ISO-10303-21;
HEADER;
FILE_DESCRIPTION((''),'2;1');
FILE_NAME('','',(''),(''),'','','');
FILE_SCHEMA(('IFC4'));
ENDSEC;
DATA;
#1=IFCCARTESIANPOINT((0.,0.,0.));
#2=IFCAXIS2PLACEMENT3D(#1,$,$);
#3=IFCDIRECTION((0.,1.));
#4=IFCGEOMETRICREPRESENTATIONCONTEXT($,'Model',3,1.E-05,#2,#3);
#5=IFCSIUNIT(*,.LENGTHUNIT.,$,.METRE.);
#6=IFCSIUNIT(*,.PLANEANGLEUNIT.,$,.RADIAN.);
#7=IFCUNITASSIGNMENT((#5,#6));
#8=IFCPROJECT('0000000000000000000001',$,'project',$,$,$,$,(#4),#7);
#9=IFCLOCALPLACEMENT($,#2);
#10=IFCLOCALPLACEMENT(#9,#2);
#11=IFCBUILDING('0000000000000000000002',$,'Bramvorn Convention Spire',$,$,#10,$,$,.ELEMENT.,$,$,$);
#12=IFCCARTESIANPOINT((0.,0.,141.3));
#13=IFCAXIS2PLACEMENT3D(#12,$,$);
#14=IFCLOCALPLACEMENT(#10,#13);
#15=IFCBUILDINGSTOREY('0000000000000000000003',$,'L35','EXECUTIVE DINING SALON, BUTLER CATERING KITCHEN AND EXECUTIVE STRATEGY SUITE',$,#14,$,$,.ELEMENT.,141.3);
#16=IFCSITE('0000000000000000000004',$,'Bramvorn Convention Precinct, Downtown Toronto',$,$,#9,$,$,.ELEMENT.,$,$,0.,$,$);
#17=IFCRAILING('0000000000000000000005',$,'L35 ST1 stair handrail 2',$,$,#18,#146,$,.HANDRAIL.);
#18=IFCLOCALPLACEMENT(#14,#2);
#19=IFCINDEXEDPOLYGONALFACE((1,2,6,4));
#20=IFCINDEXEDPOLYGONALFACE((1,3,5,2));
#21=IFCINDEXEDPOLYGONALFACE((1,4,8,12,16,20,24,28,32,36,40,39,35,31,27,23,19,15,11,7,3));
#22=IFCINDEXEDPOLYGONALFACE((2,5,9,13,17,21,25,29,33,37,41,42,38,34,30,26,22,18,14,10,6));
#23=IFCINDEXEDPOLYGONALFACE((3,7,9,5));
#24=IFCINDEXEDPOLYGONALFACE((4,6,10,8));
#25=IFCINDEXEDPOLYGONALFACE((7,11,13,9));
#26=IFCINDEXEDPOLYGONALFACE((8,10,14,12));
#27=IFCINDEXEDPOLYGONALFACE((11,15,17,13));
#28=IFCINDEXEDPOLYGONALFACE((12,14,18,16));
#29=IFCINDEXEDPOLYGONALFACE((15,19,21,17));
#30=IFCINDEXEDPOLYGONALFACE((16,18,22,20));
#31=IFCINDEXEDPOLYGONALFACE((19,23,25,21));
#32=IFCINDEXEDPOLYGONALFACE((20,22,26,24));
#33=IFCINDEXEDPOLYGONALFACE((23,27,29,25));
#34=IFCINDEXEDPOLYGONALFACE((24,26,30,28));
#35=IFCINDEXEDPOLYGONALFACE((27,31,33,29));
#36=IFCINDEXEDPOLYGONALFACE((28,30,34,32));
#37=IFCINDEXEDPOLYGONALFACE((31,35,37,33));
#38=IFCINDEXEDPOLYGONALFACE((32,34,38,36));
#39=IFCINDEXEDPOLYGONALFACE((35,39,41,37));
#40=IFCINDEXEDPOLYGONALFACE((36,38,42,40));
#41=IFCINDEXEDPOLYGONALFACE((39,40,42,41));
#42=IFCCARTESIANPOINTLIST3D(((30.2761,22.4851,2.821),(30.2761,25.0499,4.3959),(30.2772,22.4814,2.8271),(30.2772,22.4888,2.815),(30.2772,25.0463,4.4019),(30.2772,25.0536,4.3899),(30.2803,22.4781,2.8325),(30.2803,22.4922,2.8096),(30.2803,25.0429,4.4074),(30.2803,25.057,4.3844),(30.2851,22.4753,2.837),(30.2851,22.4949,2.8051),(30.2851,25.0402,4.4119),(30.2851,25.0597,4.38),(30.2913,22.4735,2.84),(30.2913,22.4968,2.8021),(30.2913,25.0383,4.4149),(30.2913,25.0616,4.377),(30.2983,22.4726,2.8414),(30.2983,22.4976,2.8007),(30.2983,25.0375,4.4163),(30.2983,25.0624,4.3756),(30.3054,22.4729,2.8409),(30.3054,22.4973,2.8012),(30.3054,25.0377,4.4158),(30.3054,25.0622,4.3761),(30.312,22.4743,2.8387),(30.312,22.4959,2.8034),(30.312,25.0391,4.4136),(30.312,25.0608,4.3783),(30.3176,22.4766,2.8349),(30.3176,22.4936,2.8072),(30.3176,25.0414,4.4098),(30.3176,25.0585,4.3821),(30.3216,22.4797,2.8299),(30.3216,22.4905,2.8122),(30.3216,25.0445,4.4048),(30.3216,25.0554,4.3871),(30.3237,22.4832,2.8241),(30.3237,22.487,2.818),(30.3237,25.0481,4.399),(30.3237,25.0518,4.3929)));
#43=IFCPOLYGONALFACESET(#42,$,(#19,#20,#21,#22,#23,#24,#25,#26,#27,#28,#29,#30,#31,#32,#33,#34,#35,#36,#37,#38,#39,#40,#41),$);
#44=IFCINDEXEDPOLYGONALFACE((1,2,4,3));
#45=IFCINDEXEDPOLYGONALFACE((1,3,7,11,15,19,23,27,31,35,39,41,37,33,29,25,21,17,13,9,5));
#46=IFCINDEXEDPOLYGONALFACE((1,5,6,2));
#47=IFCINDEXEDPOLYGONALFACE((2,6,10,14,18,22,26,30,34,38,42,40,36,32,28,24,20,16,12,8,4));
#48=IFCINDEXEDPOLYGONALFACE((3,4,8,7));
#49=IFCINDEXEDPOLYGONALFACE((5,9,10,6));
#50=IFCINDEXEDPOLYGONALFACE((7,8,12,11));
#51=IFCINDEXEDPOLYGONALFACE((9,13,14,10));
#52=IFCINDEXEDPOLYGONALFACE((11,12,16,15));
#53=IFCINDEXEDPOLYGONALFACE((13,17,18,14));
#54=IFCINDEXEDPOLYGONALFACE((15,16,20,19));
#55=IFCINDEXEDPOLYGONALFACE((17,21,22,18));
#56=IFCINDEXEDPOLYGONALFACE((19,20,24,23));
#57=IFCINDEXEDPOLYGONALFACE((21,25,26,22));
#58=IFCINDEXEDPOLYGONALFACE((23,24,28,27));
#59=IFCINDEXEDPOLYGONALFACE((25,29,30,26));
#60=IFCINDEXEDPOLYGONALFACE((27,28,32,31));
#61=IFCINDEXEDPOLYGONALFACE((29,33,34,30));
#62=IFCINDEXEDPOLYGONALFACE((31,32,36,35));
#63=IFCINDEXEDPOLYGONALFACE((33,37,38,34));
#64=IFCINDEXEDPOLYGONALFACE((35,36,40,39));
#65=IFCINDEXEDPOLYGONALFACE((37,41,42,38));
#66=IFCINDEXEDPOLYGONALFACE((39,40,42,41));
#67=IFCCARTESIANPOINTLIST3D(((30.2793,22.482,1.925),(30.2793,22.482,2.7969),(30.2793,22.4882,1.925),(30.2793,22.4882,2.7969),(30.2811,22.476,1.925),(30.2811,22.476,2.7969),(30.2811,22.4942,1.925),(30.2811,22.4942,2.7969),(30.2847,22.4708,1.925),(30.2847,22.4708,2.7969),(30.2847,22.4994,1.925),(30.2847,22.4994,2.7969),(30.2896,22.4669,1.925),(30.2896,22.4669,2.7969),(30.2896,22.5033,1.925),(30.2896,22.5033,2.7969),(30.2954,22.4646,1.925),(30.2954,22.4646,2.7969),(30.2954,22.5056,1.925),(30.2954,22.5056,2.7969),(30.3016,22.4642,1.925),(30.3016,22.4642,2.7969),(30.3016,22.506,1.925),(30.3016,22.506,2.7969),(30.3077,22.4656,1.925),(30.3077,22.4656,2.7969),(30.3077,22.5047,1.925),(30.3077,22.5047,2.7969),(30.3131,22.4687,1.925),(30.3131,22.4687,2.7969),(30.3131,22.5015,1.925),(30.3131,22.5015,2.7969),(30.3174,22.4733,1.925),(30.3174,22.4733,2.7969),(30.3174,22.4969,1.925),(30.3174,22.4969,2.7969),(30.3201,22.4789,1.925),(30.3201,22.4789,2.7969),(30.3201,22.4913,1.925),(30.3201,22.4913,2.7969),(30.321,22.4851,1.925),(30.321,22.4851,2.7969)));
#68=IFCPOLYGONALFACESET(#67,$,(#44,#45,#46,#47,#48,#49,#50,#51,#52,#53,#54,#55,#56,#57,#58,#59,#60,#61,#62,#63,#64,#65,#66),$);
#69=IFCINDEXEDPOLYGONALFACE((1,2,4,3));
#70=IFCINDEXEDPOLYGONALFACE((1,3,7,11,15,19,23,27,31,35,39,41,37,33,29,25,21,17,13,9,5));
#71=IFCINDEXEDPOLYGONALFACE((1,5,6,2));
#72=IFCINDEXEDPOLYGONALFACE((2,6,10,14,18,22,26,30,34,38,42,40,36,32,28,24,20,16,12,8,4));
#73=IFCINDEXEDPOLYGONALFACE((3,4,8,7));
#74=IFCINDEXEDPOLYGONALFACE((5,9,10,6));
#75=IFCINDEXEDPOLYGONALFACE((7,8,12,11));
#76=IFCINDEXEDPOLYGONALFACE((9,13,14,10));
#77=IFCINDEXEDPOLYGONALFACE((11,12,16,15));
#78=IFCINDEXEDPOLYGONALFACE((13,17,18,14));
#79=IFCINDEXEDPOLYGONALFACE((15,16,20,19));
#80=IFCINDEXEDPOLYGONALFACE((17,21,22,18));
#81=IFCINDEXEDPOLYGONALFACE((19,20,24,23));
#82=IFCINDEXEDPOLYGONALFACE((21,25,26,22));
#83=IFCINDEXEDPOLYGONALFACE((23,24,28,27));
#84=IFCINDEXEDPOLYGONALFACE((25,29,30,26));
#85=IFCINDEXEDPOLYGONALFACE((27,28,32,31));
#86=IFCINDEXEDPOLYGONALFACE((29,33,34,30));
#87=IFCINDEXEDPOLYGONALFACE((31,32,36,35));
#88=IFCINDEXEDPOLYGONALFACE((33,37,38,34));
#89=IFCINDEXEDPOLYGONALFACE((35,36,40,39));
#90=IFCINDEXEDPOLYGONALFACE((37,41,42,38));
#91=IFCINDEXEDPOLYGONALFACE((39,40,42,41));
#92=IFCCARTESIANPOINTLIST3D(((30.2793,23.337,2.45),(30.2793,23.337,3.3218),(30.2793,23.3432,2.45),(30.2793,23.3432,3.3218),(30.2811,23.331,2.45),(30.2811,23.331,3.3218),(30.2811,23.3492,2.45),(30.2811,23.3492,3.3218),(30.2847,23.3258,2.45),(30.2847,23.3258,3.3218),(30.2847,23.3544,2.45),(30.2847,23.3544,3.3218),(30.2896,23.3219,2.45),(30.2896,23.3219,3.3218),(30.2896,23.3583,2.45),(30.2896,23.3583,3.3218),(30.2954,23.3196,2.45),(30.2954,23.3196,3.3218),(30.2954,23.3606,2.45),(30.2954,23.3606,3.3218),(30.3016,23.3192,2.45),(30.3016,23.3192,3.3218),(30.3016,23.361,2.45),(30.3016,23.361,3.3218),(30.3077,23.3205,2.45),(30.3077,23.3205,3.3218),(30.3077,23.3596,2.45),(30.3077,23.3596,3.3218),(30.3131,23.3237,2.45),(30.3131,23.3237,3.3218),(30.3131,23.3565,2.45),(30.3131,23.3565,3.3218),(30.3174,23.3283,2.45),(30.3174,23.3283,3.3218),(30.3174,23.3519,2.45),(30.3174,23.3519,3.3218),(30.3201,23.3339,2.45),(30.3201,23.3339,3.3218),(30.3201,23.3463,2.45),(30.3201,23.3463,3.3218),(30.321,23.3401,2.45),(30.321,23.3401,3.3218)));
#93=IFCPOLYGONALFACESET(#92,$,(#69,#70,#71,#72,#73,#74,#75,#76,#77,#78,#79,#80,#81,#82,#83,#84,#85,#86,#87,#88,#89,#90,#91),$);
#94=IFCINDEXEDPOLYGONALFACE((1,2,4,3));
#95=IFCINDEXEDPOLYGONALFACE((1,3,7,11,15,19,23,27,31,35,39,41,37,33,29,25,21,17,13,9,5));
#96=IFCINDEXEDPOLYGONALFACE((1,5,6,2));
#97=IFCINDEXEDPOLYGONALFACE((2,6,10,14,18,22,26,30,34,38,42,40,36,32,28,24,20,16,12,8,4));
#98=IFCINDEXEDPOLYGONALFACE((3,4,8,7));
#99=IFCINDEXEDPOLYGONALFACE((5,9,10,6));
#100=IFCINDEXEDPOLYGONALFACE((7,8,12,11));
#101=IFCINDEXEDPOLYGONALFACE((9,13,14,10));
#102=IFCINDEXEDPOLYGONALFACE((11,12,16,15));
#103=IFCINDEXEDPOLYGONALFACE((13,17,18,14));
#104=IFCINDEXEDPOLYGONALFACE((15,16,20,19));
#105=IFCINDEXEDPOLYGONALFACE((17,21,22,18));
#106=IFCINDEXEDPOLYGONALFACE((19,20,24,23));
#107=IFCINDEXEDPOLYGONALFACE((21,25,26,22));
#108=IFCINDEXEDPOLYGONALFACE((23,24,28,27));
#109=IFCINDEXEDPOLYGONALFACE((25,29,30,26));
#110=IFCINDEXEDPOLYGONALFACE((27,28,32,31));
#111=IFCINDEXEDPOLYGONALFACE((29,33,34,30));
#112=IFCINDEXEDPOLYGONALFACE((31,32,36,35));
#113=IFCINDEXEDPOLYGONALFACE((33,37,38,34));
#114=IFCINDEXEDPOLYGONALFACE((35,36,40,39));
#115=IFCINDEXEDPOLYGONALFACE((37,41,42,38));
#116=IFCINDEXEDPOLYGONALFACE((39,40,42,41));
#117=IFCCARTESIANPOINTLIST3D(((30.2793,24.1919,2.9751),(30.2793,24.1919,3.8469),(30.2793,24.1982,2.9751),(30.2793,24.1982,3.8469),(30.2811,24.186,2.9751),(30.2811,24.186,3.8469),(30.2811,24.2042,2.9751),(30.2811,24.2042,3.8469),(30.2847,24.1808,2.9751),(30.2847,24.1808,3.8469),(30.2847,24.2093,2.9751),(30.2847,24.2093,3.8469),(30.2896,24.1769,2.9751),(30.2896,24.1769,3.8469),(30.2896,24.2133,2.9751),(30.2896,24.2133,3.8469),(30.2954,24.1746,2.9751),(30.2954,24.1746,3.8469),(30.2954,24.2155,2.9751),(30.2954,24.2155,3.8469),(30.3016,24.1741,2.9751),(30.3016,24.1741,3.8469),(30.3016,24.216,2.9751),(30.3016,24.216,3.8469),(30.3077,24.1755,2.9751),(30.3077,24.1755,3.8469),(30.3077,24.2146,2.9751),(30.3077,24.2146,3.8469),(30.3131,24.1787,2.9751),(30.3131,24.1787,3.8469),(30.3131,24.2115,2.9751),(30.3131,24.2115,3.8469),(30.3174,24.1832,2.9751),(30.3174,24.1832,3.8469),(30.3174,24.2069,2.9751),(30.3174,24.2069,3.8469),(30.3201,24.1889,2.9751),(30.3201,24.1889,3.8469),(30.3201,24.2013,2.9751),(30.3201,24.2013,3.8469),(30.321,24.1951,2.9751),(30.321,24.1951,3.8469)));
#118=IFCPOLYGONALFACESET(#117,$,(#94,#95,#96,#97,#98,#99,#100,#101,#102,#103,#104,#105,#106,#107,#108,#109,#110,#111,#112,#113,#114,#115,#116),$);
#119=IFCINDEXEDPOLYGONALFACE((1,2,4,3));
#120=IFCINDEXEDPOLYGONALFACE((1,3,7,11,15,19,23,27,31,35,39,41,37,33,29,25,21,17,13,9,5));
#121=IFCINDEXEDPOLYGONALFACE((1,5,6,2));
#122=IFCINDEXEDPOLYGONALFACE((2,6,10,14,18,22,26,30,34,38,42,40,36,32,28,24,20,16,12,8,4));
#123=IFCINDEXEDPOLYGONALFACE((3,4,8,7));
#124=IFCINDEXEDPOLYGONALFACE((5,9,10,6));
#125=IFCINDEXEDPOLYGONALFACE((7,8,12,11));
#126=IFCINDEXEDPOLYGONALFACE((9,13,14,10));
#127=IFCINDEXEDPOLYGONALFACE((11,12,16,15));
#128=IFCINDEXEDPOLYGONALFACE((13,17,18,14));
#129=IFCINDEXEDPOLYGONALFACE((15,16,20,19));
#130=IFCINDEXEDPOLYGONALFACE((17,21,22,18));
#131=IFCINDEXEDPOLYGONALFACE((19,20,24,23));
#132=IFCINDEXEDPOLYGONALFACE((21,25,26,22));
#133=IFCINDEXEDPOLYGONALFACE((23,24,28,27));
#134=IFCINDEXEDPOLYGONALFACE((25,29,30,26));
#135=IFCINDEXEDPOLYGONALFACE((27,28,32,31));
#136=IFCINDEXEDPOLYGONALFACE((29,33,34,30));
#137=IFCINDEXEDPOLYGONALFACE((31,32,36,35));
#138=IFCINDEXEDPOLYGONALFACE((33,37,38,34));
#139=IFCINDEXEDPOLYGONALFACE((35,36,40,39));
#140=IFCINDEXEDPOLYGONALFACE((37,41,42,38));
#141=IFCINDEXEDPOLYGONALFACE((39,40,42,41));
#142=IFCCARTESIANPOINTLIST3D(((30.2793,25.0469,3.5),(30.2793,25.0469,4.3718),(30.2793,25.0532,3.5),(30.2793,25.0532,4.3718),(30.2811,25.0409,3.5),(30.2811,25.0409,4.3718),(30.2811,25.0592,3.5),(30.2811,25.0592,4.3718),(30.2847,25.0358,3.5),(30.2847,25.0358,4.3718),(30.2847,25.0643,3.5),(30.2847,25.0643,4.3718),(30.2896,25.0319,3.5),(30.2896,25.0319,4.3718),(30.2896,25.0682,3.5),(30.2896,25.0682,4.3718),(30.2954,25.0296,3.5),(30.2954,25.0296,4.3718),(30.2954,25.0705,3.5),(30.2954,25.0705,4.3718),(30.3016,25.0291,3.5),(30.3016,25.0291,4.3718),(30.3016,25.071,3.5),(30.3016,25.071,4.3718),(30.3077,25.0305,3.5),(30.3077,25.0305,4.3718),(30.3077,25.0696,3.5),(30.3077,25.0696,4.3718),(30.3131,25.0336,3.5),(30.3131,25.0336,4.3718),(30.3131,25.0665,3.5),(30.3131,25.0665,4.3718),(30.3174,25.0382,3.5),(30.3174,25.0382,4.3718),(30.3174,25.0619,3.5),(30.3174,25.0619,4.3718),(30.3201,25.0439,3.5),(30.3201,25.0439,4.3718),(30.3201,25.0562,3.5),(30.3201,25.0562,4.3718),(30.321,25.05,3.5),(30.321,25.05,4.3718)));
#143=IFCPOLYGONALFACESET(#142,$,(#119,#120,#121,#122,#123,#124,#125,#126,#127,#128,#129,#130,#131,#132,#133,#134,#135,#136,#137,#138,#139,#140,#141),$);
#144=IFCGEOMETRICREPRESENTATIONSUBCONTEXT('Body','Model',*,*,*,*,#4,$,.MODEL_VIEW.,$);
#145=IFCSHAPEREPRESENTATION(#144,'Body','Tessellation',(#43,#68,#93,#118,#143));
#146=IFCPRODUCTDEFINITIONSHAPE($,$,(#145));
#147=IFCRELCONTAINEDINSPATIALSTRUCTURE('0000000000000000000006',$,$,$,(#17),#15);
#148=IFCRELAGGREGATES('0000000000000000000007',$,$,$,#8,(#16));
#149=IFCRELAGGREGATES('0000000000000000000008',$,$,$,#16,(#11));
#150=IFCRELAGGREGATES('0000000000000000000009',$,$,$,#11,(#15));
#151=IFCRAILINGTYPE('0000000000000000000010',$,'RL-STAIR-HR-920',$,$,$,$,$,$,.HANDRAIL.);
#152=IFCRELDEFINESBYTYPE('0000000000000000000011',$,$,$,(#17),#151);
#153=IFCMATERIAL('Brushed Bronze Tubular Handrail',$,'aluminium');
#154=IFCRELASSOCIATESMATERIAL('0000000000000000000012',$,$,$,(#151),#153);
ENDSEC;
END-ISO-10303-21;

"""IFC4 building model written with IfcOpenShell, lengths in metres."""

from ifc_helpers import new_model, si_unit, direction, frame, origin, origin_2d, place, context, subcontext, project, spatial, circle, extrude, material, type_object, element, save


model = new_model("IFC4")

# Units and contexts
model_context = context("Model", 3, precision=1e-05, world=origin(), true_north=direction((0.0, 1.0)))
body_context = subcontext(model_context, "Body", "Model", "MODEL_VIEW")
ifc_project = project(units=[si_unit("LENGTHUNIT", "METRE"), si_unit("PLANEANGLEUNIT", "RADIAN")], contexts=[model_context])

# Site, building, storey
site_placement = place(None, origin())
site = spatial("IfcSite", under=ifc_project, at=site_placement, Name="Bramvorn Convention Precinct, Downtown Toronto", CompositionType="ELEMENT", RefElevation=0.0)
building_placement = place(site_placement, origin())
building = spatial("IfcBuilding", under=site, at=building_placement, Name="Bramvorn Convention Spire", CompositionType="ELEMENT")
storey_placement = place(building_placement, frame((0.0, 0.0, 141.3)))
storey = spatial("IfcBuildingStorey", under=building, at=storey_placement, Name="L35", Description="EXECUTIVE DINING SALON, BUTLER CATERING KITCHEN AND EXECUTIVE STRATEGY SUITE", CompositionType="ELEMENT", Elevation=141.3)

# Railing
ifc_material_1 = material(Name="Brushed Bronze Tubular Handrail", Category="aluminium")
railing_type_1 = type_object("IfcRailingType", Name="RL-STAIR-HR-920", PredefinedType="HANDRAIL", material=ifc_material_1)
for number, where, name in (
    (1, (30.3, 22.4851, 1.925), "L35 ST1 stair handrail 2"),
):
    element("IfcRailing", number, at=place(storey_placement, frame(where)), inside=storey, type_object=railing_type_1, Name=name, PredefinedType="HANDRAIL", context=body_context, shape_type="SweptSolid", body=[
        extrude(circle(Radius=0.0239, at=origin_2d()), frame((0.0, 0.0, 0.896), z_axis=(0.0, 0.852173, 0.52326), x_axis=(-1.0, 0.0, 0.0)), (0.0, 0.0, 1.0), 3.0098),
        extrude(circle(Radius=0.021, at=origin_2d()), origin(), (0.0, 0.0, 1.0), 0.8718),
        extrude(circle(Radius=0.021, at=origin_2d()), frame((0.0, 0.855, 0.5249)), (0.0, 0.0, 1.0), 0.8718),
        extrude(circle(Radius=0.021, at=origin_2d()), frame((0.0, 1.71, 1.05)), (0.0, 0.0, 1.0), 0.8718),
        extrude(circle(Radius=0.021, at=origin_2d()), frame((0.0, 2.5649, 1.575)), (0.0, 0.0, 1.0), 0.8718),
    ])

save(model, "model.ifc")
